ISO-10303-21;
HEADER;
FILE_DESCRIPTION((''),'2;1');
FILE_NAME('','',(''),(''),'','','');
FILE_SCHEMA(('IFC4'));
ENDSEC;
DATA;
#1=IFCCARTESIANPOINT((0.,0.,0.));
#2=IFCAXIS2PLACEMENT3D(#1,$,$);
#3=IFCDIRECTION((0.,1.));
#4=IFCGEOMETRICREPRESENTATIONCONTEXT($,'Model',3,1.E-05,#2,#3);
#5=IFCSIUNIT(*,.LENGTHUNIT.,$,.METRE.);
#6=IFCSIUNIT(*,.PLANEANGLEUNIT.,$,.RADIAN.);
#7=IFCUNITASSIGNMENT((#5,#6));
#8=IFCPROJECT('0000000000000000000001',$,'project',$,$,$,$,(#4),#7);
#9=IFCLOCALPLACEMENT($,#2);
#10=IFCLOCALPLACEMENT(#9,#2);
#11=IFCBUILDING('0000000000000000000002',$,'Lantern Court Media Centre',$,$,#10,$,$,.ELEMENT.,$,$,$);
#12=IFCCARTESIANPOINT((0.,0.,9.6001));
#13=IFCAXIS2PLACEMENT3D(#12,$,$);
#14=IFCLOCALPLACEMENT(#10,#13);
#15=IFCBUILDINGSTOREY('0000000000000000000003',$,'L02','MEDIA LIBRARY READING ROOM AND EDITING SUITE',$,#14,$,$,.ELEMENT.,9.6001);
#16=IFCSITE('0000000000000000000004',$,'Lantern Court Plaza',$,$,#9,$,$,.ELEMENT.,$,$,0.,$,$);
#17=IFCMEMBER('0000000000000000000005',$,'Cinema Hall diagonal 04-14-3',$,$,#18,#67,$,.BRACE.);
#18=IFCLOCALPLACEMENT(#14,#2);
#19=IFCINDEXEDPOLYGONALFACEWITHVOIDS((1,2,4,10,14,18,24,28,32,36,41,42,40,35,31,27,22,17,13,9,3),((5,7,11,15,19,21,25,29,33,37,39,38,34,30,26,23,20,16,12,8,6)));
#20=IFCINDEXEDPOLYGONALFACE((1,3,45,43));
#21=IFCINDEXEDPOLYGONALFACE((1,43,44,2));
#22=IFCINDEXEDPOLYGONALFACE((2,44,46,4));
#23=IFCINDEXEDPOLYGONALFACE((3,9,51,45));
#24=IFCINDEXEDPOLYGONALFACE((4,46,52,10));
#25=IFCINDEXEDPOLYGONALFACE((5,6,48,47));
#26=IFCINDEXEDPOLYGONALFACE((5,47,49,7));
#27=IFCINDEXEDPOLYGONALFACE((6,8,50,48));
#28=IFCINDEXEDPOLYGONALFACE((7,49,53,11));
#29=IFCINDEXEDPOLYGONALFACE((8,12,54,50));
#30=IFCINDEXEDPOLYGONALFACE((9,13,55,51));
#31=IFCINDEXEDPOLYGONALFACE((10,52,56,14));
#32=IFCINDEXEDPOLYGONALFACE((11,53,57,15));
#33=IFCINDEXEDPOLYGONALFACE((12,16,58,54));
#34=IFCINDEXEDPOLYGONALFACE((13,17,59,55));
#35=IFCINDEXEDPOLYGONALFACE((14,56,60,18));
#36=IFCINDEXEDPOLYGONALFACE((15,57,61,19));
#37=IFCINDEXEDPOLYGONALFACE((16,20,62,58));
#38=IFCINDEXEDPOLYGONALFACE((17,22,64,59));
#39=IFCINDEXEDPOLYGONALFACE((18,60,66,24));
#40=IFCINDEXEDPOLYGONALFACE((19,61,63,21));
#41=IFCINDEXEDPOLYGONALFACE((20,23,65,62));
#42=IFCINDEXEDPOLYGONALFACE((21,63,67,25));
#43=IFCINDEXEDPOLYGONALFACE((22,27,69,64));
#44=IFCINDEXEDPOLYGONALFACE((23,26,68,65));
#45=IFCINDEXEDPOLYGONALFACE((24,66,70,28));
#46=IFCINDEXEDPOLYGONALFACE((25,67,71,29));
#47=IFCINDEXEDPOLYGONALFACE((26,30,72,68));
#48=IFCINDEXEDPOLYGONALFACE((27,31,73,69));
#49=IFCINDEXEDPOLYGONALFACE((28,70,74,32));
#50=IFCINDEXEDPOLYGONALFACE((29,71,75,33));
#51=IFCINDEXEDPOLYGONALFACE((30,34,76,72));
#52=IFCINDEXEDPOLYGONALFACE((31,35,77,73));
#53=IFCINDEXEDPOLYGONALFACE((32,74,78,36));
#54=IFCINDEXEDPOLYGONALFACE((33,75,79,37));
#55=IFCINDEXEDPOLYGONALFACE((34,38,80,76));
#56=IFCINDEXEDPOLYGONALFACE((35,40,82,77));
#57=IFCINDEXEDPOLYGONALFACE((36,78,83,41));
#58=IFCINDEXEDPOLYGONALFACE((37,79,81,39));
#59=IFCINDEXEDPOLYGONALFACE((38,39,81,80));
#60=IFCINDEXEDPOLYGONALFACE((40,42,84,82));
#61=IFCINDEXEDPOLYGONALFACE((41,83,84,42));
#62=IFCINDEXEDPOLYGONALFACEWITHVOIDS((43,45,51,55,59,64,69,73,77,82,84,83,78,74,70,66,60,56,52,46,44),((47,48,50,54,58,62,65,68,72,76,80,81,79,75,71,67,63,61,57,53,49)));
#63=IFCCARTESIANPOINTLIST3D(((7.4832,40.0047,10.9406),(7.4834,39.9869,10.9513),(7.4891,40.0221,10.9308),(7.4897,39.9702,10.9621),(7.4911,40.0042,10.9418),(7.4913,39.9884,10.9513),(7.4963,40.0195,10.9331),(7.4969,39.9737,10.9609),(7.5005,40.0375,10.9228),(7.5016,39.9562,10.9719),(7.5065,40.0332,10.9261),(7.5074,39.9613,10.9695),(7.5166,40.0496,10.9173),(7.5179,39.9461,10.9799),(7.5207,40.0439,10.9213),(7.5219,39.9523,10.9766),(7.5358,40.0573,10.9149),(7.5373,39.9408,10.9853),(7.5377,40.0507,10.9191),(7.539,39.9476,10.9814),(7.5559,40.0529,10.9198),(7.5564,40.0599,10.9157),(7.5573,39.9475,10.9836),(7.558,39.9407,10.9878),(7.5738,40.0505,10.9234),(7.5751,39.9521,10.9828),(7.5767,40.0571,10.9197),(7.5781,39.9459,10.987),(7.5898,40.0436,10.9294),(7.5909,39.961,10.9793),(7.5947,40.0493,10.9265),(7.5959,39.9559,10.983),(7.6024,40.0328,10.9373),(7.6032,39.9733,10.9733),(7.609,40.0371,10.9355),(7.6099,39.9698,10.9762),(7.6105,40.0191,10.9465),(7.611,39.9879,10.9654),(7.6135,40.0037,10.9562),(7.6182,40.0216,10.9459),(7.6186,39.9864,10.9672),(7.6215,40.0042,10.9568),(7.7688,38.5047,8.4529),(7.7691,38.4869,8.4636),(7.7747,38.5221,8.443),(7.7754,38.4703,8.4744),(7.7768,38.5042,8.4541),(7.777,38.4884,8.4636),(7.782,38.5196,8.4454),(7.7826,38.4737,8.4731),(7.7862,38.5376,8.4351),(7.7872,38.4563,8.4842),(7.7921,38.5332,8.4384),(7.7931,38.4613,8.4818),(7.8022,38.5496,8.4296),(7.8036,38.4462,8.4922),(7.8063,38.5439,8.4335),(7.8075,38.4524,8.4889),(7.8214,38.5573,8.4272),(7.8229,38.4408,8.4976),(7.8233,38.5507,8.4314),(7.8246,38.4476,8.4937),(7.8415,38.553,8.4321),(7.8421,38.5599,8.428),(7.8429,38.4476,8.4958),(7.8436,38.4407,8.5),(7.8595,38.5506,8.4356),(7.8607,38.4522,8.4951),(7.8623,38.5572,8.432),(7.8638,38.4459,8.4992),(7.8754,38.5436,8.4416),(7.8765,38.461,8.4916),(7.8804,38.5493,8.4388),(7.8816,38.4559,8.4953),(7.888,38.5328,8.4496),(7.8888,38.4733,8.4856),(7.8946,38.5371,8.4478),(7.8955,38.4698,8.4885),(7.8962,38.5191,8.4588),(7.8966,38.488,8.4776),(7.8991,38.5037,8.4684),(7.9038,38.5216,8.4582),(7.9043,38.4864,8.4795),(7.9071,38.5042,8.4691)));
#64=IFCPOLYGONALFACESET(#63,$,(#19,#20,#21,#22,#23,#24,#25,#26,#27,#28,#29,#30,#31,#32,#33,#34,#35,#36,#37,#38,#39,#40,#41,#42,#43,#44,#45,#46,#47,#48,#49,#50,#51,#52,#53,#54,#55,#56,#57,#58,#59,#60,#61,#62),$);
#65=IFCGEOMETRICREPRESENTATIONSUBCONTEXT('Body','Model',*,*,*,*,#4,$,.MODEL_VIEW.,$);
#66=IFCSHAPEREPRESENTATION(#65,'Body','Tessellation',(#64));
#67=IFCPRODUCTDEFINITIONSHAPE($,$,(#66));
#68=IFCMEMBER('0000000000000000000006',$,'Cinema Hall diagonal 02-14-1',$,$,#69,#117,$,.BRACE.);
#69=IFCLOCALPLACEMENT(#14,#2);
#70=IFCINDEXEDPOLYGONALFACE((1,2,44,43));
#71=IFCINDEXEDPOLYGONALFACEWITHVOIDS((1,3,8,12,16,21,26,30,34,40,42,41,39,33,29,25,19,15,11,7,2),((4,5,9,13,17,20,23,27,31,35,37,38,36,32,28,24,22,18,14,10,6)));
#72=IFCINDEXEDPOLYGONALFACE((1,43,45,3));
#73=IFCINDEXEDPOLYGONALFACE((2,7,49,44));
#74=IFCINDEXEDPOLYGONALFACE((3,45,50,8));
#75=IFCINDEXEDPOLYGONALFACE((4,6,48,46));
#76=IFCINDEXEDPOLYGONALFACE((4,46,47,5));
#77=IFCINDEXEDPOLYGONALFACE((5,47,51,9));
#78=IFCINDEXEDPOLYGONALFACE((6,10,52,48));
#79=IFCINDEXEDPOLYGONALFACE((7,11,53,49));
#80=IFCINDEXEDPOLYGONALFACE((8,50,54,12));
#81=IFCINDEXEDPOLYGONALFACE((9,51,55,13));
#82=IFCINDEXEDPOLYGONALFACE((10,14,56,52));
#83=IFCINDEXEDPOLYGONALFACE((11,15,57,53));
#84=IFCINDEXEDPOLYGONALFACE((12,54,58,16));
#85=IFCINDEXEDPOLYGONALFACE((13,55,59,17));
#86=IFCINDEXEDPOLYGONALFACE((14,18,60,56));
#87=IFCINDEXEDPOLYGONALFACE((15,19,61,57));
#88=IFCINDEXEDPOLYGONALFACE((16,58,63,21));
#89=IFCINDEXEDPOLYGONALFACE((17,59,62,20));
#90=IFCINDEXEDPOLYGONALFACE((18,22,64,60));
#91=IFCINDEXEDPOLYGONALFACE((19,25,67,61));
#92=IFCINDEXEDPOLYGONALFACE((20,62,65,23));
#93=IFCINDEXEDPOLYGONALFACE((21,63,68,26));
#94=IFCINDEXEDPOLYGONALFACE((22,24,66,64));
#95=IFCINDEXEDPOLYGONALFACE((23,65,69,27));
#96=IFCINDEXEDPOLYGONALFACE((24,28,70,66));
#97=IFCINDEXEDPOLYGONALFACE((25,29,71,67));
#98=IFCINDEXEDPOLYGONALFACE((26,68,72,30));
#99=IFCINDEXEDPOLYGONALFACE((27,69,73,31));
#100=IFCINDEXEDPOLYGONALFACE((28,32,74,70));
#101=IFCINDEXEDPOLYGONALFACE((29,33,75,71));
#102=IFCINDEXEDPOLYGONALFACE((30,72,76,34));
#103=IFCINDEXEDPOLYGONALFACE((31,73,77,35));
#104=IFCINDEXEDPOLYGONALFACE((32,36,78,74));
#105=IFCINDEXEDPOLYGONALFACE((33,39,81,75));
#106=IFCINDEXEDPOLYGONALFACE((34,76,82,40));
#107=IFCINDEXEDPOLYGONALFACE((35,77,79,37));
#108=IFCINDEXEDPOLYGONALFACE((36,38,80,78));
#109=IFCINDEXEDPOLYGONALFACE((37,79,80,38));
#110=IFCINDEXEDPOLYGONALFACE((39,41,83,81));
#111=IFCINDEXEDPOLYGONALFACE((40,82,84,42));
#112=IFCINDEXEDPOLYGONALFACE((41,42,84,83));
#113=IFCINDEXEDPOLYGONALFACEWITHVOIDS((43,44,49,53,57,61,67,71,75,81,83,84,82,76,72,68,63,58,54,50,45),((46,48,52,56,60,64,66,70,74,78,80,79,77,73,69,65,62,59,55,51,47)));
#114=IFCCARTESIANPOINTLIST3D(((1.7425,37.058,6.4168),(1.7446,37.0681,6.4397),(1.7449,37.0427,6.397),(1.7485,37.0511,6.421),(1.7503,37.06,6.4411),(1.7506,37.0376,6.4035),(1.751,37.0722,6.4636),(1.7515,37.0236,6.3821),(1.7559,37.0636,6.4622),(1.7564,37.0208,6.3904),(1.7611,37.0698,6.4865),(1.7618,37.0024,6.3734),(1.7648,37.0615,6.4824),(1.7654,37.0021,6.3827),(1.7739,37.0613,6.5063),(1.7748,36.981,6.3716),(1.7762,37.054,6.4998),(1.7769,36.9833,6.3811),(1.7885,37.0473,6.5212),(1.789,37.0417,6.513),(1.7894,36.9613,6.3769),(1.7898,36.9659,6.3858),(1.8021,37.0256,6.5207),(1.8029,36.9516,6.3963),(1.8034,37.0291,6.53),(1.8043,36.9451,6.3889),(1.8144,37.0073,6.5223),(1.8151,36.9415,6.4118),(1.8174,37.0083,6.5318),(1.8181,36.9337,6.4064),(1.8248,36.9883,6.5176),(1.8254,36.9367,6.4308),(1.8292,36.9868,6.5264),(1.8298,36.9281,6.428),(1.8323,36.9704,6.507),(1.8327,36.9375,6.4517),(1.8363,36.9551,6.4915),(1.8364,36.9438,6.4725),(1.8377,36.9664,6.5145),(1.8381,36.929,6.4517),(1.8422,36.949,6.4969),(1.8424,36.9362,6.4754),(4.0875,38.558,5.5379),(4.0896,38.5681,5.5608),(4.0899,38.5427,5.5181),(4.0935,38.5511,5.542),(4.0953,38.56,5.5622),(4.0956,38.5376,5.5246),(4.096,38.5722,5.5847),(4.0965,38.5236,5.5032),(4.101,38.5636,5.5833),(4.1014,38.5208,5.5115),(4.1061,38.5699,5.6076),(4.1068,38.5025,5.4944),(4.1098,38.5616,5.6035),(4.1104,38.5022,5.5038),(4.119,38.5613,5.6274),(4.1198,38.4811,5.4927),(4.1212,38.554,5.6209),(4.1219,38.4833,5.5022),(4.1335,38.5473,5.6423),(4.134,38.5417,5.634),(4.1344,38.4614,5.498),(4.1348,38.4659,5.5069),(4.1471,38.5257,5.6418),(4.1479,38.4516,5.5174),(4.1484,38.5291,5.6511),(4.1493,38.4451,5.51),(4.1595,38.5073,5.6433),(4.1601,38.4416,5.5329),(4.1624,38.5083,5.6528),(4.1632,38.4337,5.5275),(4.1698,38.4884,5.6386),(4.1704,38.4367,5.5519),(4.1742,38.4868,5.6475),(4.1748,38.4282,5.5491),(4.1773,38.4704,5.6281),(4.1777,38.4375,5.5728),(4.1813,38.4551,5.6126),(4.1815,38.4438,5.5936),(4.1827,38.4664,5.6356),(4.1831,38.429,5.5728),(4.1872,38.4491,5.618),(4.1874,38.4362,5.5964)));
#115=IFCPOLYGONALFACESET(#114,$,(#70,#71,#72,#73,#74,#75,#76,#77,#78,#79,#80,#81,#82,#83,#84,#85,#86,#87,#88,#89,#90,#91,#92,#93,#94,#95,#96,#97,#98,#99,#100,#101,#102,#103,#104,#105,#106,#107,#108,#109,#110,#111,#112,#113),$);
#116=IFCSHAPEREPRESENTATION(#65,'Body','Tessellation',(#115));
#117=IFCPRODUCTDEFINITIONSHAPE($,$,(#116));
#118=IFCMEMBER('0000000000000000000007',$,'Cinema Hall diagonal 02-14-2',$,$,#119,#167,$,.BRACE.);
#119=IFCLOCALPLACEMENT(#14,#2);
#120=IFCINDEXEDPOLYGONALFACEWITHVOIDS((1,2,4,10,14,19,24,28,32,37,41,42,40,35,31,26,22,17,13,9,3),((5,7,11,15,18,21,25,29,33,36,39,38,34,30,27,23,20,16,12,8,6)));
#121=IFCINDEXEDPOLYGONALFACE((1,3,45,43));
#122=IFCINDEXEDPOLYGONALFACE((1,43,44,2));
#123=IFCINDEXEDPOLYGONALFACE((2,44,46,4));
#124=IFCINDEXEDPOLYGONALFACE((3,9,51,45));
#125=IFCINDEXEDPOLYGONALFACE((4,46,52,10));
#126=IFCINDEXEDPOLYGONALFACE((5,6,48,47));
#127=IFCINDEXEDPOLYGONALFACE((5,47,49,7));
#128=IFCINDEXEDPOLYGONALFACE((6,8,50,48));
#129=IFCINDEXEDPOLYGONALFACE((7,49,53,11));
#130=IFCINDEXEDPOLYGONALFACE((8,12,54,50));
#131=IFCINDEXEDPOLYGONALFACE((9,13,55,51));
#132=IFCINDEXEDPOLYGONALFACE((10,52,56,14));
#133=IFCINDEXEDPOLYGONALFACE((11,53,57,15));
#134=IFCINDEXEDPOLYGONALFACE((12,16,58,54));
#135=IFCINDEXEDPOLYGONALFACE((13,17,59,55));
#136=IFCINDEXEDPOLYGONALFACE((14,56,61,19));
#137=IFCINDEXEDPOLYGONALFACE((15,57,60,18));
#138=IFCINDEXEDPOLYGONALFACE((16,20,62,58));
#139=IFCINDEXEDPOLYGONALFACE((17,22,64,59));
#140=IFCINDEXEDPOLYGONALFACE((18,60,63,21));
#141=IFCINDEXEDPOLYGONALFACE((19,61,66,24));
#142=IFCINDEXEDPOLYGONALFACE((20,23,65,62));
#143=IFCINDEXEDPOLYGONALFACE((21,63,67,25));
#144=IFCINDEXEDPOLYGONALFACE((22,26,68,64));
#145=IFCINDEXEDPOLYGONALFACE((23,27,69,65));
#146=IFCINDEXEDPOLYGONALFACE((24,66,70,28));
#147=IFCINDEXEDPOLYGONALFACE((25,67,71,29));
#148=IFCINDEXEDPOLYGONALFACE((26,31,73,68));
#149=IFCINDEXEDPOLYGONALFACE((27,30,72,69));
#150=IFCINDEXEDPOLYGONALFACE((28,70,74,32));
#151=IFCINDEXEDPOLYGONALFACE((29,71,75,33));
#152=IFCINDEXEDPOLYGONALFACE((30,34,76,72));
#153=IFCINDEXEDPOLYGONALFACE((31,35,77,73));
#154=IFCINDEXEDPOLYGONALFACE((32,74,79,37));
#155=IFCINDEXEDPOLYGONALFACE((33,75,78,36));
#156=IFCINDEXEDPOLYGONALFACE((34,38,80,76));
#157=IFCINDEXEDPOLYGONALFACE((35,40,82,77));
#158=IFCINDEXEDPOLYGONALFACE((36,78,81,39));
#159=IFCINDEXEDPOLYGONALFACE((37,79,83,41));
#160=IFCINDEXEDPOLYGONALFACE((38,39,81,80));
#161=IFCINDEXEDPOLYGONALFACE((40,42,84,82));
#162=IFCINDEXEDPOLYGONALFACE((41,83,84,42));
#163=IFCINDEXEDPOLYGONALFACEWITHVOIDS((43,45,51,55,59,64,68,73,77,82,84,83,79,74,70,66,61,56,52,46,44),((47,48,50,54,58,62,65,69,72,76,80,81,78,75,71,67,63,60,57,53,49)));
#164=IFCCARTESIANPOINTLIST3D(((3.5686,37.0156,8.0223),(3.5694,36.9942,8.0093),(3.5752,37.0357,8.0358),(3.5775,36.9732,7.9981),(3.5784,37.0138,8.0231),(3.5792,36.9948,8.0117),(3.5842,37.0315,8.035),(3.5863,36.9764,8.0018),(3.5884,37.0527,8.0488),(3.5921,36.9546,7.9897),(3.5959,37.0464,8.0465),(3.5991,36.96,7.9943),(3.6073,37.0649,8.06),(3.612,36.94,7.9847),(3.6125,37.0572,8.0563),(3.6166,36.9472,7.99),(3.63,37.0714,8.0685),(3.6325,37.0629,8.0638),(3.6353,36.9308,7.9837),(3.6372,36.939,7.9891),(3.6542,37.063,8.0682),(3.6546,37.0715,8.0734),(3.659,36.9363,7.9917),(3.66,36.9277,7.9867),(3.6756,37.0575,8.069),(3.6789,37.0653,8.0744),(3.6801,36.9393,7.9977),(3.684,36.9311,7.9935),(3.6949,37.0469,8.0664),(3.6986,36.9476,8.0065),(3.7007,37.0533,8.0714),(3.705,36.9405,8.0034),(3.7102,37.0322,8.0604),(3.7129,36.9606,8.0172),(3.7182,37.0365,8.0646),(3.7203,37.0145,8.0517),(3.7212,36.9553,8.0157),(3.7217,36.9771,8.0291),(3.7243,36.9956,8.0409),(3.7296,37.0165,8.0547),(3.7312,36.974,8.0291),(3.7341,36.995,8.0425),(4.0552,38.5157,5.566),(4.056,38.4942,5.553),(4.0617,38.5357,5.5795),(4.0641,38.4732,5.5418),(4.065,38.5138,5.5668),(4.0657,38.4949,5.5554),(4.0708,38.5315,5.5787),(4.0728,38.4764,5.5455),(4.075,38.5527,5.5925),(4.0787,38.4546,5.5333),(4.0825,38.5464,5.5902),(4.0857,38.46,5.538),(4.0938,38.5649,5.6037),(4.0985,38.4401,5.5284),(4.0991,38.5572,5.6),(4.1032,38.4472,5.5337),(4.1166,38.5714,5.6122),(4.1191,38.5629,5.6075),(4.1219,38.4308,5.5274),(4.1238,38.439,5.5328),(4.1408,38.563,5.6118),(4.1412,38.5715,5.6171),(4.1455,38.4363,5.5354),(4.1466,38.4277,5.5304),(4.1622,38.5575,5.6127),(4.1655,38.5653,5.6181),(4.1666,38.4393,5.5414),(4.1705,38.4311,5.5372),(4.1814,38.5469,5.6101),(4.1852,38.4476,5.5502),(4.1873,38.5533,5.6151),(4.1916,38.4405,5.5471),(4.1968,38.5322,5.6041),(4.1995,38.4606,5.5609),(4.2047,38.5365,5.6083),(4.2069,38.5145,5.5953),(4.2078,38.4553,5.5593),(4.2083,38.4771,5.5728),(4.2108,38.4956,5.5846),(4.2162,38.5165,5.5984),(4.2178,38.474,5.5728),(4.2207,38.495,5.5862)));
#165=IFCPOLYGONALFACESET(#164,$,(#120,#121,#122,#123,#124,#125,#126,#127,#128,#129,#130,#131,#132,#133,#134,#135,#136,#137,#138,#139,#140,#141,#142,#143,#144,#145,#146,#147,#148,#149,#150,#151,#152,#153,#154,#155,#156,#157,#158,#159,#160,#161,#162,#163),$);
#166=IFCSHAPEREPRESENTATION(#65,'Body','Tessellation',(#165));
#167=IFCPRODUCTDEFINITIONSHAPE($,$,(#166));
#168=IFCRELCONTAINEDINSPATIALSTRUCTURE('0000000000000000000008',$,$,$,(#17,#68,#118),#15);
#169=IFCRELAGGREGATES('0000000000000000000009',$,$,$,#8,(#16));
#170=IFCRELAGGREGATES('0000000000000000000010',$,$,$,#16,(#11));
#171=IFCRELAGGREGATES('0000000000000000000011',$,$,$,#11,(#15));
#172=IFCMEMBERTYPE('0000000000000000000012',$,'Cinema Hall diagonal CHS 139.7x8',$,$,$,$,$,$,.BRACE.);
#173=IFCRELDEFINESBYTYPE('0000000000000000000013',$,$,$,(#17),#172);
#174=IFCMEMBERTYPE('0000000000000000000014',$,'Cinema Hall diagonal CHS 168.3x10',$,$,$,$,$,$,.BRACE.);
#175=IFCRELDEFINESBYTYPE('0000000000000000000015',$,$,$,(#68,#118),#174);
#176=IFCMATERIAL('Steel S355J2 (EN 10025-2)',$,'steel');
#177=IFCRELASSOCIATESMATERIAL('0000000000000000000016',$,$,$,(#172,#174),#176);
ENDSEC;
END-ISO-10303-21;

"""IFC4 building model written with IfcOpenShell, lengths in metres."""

from ifc_helpers import new_model, si_unit, direction, frame, origin, origin_2d, place, context, subcontext, project, spatial, hollow_circle, extrude, material, material_profile, profile_set, type_object, element, save


model = new_model("IFC4")

# Units and contexts
model_context = context("Model", 3, precision=1e-05, world=origin(), true_north=direction((0.0, 1.0)))
body_context = subcontext(model_context, "Body", "Model", "MODEL_VIEW")
ifc_project = project(units=[si_unit("LENGTHUNIT", "METRE"), si_unit("PLANEANGLEUNIT", "RADIAN")], contexts=[model_context])

# Site, building, storey
site_placement = place(None, origin())
site = spatial("IfcSite", under=ifc_project, at=site_placement, Name="Lantern Court Plaza", CompositionType="ELEMENT", RefElevation=0.0)
building_placement = place(site_placement, origin())
building = spatial("IfcBuilding", under=site, at=building_placement, Name="Lantern Court Media Centre", CompositionType="ELEMENT")
storey_placement = place(building_placement, frame((0.0, 0.0, 9.6001)))
storey = spatial("IfcBuildingStorey", under=building, at=storey_placement, Name="L02", Description="MEDIA LIBRARY READING ROOM AND EDITING SUITE", CompositionType="ELEMENT", Elevation=9.6001)

# Members
ifc_material = material(Name="Steel S355J2 (EN 10025-2)", Category="steel")
ifc_material_profile_1 = material_profile(ifc_material, hollow_circle(Radius=0.0698, WallThickness=0.0081, at=origin_2d()), Name="Cinema Hall diagonal CHS 139.7x8")
ifc_profile_set_1 = profile_set([ifc_material_profile_1], Name="Steel S355J2 (EN 10025-2)")
member_type_1 = type_object("IfcMemberType", Name="Cinema Hall diagonal CHS 139.7x8", PredefinedType="BRACE", material=ifc_profile_set_1)
for number, where, z_axis, x_axis, name in (
    (1, (7.8376, 38.5, 8.4636), (-0.097856, 0.51387, 0.852268), (-0.982347, -0.187068, 0.0), "Cinema Hall diagonal 04-14-3"),
):
    element("IfcMember", number, at=place(storey_placement, frame(where, z_axis=z_axis, x_axis=x_axis)), inside=storey, type_object=member_type_1, Name=name, PredefinedType="BRACE", context=body_context, shape_type="SweptSolid", body=[
        extrude(hollow_circle(Radius=0.0698, WallThickness=0.0081, at=origin_2d()), origin(), (0.0, 0.0, 1.0), 2.9189),
    ])
ifc_material_profile_2 = material_profile(ifc_material, hollow_circle(Radius=0.0842, WallThickness=0.01, at=origin_2d()), Name="Cinema Hall diagonal CHS 168.3x10")
ifc_profile_set_2 = profile_set([ifc_material_profile_2], Name="Steel S355J2 (EN 10025-2)")
member_type_2 = type_object("IfcMemberType", Name="Cinema Hall diagonal CHS 168.3x10", PredefinedType="BRACE", material=ifc_profile_set_2)
member_1_placement = place(storey_placement, frame((4.1377, 38.5, 5.5728), z_axis=(-0.803309, -0.51385, 0.301084), x_axis=(0.538855, -0.842399, 0.0)))
element("IfcMember", 2, at=member_1_placement, inside=storey, type_object=member_type_2, Name="Cinema Hall diagonal 02-14-1", PredefinedType="BRACE", context=body_context, shape_type="SweptSolid", body=[
    extrude(hollow_circle(Radius=0.0842, WallThickness=0.01, at=origin_2d()), origin(), (0.0, 0.0, 1.0), 2.9192),
])
for number, where, z_axis, x_axis, name in (
    (3, (4.1377, 38.5, 5.5728), (-0.166695, -0.513887, 0.841506), (0.951207, -0.308554, 0.0), "Cinema Hall diagonal 02-14-2"),
):
    element("IfcMember", number, at=place(storey_placement, frame(where, z_axis=z_axis, x_axis=x_axis)), inside=storey, type_object=member_type_2, Name=name, PredefinedType="BRACE", context=body_context, shape_type="SweptSolid", body=[
        extrude(hollow_circle(Radius=0.0842, WallThickness=0.01, at=origin_2d()), origin(), (0.0, 0.0, 1.0), 2.9189),
    ])

save(model, "model.ifc")
